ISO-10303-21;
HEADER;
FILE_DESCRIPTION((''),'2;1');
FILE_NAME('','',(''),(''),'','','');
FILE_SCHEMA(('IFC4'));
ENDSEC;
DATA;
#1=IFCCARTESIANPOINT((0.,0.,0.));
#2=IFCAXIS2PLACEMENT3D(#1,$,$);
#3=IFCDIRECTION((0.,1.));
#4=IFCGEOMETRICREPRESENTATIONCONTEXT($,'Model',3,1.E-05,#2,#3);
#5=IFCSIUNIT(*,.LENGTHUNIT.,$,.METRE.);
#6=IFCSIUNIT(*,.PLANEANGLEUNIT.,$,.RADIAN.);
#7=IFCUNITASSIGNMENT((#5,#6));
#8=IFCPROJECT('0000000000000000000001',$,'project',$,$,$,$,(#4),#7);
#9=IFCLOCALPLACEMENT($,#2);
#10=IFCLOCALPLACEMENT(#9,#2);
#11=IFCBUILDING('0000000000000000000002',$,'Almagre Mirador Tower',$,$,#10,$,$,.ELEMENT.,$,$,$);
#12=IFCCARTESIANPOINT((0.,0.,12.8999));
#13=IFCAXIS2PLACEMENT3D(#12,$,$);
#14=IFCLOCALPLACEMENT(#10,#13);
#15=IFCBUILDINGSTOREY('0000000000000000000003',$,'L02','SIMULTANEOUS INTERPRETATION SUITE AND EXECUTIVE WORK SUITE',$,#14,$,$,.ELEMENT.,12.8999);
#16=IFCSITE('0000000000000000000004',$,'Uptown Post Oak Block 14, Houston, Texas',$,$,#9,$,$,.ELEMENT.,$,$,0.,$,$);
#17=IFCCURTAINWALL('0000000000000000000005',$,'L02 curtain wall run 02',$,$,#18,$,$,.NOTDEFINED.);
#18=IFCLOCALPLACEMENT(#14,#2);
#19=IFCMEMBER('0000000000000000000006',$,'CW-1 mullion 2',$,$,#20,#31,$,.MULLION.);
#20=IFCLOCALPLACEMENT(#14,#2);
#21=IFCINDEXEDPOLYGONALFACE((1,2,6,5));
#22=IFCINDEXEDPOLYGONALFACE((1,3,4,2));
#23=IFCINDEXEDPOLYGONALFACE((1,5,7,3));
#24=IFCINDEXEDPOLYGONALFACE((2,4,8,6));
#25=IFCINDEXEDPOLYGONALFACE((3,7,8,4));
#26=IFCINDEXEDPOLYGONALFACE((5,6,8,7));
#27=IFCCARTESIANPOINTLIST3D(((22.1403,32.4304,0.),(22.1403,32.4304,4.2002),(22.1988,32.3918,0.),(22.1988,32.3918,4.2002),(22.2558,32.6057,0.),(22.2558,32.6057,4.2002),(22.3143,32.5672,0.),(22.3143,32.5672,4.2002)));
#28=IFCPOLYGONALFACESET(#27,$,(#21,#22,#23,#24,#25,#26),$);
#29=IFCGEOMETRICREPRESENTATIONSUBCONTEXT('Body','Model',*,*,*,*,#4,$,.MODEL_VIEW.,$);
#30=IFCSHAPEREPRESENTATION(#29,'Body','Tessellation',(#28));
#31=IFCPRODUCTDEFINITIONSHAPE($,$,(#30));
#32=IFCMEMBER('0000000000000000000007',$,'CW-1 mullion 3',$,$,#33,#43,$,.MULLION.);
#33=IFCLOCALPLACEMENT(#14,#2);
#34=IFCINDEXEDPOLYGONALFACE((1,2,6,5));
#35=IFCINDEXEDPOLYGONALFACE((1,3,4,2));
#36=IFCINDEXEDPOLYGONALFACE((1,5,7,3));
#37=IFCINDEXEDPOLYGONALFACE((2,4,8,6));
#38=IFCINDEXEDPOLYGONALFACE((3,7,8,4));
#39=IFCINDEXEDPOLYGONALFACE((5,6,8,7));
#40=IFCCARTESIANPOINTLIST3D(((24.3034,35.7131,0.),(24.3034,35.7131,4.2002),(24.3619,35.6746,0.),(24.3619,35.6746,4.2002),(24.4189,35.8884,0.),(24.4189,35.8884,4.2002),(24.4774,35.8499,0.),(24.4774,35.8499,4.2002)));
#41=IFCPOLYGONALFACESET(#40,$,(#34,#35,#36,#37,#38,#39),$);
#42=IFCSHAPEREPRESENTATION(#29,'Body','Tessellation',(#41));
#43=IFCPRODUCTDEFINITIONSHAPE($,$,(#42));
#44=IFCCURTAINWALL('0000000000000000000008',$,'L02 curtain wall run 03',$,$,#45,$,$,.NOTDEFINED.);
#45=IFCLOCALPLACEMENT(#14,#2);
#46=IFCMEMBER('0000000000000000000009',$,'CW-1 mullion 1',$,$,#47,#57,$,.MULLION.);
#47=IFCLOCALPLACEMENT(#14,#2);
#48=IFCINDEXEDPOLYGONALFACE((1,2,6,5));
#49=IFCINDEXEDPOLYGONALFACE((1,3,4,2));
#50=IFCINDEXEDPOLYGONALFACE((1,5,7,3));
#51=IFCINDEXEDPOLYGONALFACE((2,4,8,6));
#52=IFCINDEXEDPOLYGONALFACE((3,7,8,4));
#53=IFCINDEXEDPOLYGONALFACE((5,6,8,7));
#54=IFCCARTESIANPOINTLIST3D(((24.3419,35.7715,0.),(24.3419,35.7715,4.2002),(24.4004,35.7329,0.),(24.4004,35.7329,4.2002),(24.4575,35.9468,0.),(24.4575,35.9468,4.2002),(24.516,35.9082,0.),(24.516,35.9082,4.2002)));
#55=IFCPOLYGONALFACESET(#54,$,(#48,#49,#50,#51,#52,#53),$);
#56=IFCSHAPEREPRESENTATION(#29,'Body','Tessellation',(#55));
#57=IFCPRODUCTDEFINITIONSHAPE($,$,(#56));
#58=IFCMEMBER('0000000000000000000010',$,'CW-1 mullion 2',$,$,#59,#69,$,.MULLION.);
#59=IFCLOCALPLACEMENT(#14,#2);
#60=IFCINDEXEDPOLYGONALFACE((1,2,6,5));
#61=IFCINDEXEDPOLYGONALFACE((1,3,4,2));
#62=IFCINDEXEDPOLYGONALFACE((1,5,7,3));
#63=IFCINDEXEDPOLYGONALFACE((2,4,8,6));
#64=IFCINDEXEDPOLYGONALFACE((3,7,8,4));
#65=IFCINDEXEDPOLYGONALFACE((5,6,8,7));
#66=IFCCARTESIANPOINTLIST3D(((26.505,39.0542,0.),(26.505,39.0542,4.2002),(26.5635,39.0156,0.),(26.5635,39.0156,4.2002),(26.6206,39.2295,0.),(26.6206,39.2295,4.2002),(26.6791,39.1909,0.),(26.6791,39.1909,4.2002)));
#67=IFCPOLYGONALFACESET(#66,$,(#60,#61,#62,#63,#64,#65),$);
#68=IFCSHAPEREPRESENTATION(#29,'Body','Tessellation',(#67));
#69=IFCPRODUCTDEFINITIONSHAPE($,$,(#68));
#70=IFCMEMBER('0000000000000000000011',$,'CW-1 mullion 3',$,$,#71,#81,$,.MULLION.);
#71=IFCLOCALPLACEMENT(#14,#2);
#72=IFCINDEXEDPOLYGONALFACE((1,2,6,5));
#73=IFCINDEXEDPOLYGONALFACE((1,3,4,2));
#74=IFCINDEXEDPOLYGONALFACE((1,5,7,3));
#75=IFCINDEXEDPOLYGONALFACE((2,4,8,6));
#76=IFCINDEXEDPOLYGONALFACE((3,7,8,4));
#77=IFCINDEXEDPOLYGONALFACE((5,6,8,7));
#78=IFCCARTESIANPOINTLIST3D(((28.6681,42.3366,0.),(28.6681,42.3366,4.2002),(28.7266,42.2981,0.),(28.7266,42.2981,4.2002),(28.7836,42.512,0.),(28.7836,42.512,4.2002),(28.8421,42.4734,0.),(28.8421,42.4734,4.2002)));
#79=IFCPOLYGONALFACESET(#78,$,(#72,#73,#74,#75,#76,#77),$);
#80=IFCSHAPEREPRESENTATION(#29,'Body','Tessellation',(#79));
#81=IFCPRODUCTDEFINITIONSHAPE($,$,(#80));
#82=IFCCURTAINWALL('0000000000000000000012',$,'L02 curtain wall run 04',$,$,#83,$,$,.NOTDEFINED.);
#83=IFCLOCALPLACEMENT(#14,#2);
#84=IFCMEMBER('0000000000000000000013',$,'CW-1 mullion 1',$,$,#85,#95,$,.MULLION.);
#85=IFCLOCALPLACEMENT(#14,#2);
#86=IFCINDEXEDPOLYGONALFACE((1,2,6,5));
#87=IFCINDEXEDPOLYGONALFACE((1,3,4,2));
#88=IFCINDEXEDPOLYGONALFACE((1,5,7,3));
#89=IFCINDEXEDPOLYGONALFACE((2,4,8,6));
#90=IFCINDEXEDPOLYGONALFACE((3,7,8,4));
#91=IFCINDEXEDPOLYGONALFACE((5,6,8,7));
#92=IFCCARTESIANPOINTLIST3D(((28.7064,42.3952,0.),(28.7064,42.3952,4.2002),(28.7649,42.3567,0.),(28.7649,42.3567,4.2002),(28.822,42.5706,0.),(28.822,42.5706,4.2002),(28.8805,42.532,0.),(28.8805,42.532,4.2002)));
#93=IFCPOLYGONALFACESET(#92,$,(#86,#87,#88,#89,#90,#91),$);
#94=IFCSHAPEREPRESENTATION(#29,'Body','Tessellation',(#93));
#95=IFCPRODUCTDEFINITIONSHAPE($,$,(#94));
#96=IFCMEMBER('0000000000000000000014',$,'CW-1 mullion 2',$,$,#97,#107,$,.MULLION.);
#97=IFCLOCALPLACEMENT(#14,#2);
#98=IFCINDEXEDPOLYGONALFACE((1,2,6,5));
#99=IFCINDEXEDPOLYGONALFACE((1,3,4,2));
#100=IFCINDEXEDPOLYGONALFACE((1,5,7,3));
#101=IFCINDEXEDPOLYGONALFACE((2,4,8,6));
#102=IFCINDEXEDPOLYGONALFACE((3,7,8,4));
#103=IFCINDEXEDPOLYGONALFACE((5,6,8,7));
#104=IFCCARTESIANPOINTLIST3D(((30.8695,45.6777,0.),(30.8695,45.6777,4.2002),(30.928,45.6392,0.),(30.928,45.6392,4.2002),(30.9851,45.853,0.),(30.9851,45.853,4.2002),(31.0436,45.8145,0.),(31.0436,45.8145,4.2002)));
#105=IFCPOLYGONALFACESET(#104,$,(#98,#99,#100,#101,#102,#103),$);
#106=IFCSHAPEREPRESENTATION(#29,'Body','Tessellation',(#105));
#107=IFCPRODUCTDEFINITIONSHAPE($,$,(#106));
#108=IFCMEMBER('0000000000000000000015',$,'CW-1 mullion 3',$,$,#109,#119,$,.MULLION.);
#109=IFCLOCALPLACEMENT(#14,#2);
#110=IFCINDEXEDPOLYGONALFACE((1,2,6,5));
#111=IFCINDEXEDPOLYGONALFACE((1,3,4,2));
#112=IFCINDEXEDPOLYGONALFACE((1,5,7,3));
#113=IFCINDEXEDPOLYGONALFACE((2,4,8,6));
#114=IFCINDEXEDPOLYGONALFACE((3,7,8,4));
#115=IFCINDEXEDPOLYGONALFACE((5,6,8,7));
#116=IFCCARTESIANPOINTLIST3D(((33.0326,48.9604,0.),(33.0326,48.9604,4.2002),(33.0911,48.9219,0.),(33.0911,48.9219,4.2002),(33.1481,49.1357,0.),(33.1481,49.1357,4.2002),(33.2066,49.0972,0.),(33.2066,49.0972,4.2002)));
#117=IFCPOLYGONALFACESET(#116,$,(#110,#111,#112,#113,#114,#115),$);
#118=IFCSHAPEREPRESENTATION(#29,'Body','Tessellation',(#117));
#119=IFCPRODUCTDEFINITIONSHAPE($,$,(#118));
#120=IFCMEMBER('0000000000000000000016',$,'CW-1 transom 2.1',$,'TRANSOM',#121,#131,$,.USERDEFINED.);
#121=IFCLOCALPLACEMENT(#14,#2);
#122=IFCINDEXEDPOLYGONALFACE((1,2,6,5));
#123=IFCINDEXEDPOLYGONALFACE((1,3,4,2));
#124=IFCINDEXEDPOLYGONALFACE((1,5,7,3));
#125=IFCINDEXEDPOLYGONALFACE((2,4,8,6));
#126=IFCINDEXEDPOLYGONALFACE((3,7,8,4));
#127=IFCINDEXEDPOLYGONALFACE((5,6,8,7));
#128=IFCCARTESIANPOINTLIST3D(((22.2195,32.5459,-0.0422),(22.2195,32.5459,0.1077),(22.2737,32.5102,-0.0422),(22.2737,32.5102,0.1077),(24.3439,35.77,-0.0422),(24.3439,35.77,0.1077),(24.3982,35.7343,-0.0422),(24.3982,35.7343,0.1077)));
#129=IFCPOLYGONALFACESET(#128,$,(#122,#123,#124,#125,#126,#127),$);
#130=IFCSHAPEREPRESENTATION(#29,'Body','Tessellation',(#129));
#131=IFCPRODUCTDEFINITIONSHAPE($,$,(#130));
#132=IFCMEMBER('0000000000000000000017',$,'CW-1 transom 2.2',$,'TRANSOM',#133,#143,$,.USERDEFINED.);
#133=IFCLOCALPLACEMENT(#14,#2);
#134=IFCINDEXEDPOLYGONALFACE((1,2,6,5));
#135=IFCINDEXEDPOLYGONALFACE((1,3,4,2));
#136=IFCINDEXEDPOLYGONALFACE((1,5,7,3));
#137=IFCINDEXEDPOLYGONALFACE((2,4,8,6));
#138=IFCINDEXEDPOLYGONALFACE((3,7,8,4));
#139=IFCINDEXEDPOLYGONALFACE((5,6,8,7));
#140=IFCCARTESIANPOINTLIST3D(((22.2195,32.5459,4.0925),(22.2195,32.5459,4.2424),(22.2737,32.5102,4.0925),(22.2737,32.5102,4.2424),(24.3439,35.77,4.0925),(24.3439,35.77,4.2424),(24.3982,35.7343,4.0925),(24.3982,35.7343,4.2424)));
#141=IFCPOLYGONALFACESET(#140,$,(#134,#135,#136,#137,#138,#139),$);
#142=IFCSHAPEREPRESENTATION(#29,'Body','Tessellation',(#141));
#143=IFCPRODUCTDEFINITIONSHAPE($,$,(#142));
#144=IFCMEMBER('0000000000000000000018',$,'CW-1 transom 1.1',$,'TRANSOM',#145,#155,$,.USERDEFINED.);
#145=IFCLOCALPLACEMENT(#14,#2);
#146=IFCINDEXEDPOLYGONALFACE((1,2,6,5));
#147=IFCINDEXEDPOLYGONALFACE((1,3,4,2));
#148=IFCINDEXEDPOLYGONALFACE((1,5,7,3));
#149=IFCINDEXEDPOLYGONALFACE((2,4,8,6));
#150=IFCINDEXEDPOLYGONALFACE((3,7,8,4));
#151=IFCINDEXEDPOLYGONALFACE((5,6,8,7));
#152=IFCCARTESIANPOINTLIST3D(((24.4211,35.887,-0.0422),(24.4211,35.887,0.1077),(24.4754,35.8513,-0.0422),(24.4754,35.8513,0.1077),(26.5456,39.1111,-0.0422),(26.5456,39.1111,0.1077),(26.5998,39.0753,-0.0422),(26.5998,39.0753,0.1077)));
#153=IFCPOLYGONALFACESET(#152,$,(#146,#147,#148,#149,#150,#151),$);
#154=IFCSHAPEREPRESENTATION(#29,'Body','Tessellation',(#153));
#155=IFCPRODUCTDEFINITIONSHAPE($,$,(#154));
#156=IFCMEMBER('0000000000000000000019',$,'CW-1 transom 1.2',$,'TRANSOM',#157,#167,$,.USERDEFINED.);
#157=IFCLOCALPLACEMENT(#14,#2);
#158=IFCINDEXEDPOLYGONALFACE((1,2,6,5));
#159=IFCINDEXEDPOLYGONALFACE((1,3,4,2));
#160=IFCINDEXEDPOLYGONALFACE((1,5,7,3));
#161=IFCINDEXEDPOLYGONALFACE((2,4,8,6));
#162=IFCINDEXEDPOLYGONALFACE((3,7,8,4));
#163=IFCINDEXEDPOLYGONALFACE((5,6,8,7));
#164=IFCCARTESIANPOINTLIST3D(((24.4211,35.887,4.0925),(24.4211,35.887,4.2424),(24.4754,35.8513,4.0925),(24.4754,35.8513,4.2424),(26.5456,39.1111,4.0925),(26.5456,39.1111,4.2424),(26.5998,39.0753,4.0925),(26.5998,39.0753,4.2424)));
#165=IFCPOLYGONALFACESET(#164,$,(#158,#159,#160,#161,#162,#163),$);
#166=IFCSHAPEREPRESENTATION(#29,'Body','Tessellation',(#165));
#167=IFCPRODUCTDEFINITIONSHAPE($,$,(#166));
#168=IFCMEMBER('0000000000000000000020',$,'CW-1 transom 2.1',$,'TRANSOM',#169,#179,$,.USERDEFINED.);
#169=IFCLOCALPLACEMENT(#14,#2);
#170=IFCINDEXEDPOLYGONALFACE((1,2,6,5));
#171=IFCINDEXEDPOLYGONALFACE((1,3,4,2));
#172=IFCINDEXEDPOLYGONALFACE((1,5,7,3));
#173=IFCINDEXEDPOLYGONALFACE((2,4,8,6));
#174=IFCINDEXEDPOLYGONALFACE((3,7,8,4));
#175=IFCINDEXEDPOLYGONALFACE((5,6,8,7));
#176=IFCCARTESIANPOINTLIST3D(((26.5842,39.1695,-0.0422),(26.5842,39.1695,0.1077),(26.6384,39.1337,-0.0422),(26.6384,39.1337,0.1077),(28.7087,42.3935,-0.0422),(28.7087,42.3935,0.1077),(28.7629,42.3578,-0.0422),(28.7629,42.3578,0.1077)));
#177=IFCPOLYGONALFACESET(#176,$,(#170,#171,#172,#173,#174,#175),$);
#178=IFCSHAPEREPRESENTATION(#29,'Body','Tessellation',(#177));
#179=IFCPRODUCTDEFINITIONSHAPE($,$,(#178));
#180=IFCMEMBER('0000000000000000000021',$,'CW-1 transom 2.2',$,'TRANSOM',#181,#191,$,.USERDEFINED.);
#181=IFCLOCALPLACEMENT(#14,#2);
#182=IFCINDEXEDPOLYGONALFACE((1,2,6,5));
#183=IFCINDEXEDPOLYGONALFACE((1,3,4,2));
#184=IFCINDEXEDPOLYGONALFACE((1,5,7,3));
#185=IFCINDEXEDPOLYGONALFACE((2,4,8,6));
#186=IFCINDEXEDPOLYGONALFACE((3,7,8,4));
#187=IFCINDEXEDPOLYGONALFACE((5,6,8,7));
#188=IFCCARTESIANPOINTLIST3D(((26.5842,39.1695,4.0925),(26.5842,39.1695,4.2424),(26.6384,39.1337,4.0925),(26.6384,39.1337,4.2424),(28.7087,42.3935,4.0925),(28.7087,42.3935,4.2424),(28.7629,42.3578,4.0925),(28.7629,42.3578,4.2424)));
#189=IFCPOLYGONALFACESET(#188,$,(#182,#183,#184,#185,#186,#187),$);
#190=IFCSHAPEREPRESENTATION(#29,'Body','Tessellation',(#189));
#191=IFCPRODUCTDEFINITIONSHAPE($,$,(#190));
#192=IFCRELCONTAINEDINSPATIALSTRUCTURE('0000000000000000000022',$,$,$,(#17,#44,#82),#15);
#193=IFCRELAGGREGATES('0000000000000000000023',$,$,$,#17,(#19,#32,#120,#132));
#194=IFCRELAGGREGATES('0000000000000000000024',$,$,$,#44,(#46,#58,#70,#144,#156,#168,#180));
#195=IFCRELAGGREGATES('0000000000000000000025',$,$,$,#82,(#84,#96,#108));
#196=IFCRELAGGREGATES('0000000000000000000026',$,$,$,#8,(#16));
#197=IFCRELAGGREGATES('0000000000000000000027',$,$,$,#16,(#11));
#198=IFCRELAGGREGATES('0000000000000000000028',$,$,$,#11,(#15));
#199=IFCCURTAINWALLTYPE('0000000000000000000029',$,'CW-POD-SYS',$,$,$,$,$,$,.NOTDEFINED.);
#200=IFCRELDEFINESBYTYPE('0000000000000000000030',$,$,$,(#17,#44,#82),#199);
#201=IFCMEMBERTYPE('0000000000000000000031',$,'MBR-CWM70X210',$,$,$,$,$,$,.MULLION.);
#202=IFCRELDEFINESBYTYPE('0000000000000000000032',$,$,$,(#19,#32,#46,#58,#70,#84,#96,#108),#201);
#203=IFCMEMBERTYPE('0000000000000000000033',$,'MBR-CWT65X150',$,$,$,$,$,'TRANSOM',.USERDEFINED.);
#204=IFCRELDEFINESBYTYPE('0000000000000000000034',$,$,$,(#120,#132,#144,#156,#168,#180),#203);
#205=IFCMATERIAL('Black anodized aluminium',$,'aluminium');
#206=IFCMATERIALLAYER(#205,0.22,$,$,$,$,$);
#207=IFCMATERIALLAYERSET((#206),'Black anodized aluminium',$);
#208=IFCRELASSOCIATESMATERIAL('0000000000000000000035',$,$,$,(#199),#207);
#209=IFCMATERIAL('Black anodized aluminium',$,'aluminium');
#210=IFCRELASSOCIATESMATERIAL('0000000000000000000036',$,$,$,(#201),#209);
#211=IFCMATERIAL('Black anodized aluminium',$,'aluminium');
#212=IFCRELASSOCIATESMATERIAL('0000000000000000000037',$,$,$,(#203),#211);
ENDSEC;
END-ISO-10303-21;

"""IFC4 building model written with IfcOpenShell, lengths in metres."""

from ifc_helpers import new_model, si_unit, direction, frame, origin, origin_2d, place, context, subcontext, project, spatial, rectangle, extrude, material, layer, layer_set, material_profile, profile_set, type_object, element, aggregate, save


model = new_model("IFC4")

# Units and contexts
model_context = context("Model", 3, precision=1e-05, world=origin(), true_north=direction((0.0, 1.0)))
body_context = subcontext(model_context, "Body", "Model", "MODEL_VIEW")
ifc_project = project(units=[si_unit("LENGTHUNIT", "METRE"), si_unit("PLANEANGLEUNIT", "RADIAN")], contexts=[model_context])

# Site, building, storey
site_placement = place(None, origin())
site = spatial("IfcSite", under=ifc_project, at=site_placement, Name="Uptown Post Oak Block 14, Houston, Texas", CompositionType="ELEMENT", RefElevation=0.0)
building_placement = place(site_placement, origin())
building = spatial("IfcBuilding", under=site, at=building_placement, Name="Almagre Mirador Tower", CompositionType="ELEMENT")
storey_placement = place(building_placement, frame((0.0, 0.0, 12.8999)))
storey = spatial("IfcBuildingStorey", under=building, at=storey_placement, Name="L02", Description="SIMULTANEOUS INTERPRETATION SUITE AND EXECUTIVE WORK SUITE", CompositionType="ELEMENT", Elevation=12.8999)

# Curtain walls, members
ifc_material_1 = material(Name="Black anodized aluminium", Category="aluminium")
ifc_layer_1 = layer(ifc_material_1, 0.22)
ifc_layer_set_1 = layer_set([ifc_layer_1], Name="Black anodized aluminium")
curtain_wall_type = type_object("IfcCurtainWallType", Name="CW-POD-SYS", PredefinedType="NOTDEFINED", material=ifc_layer_set_1)
curtain_wall_1_placement = place(storey_placement, origin())
curtain_wall_1 = element("IfcCurtainWall", 1, at=curtain_wall_1_placement, inside=storey, type_object=curtain_wall_type, Name="L02 curtain wall run 02", PredefinedType="NOTDEFINED")
ifc_material_2 = material(Name="Black anodized aluminium", Category="aluminium")
ifc_material_profile_1 = material_profile(ifc_material_2, rectangle(XDim=0.0701, YDim=0.21, at=origin_2d()), Name="CWM70X210")
ifc_profile_set_1 = profile_set([ifc_material_profile_1], Name="Black anodized aluminium")
member_type_1 = type_object("IfcMemberType", Name="MBR-CWM70X210", PredefinedType="MULLION", material=ifc_profile_set_1)
member_1_placement = place(storey_placement, frame((22.2273, 32.4988, 0.0), z_axis=(0.0, 0.0, 1.0), x_axis=(-0.835012, 0.550232, 0.0)))
member_1 = element("IfcMember", 2, at=member_1_placement, type_object=member_type_1, Name="CW-1 mullion 2", PredefinedType="MULLION", context=body_context, shape_type="SweptSolid", body=[
    extrude(rectangle(XDim=0.0701, YDim=0.21, at=origin_2d()), origin(), (0.0, 0.0, 1.0), 4.2002),
])
member_2_placement = place(storey_placement, frame((24.3904, 35.7815, 0.0), z_axis=(0.0, 0.0, 1.0), x_axis=(-0.835012, 0.550232, 0.0)))
member_2 = element("IfcMember", 3, at=member_2_placement, type_object=member_type_1, Name="CW-1 mullion 3", PredefinedType="MULLION", context=body_context, shape_type="SweptSolid", body=[
    extrude(rectangle(XDim=0.0701, YDim=0.21, at=origin_2d()), origin(), (0.0, 0.0, 1.0), 4.2002),
])
curtain_wall_2_placement = place(storey_placement, origin())
curtain_wall_2 = element("IfcCurtainWall", 4, at=curtain_wall_2_placement, inside=storey, type_object=curtain_wall_type, Name="L02 curtain wall run 03", PredefinedType="NOTDEFINED")
member_3_placement = place(storey_placement, frame((24.429, 35.8398, 0.0), z_axis=(0.0, 0.0, 1.0), x_axis=(-0.835013, 0.550229, 0.0)))
member_3 = element("IfcMember", 5, at=member_3_placement, type_object=member_type_1, Name="CW-1 mullion 1", PredefinedType="MULLION", context=body_context, shape_type="SweptSolid", body=[
    extrude(rectangle(XDim=0.0701, YDim=0.21, at=origin_2d()), origin(), (0.0, 0.0, 1.0), 4.2002),
])
member_4_placement = place(storey_placement, frame((26.592, 39.1226, 0.0), z_axis=(0.0, 0.0, 1.0), x_axis=(-0.835013, 0.550229, 0.0)))
member_4 = element("IfcMember", 6, at=member_4_placement, type_object=member_type_1, Name="CW-1 mullion 2", PredefinedType="MULLION", context=body_context, shape_type="SweptSolid", body=[
    extrude(rectangle(XDim=0.0701, YDim=0.21, at=origin_2d()), origin(), (0.0, 0.0, 1.0), 4.2002),
])
member_5_placement = place(storey_placement, frame((28.7551, 42.405, 0.0), z_axis=(0.0, 0.0, 1.0), x_axis=(-0.835013, 0.550229, 0.0)))
member_5 = element("IfcMember", 7, at=member_5_placement, type_object=member_type_1, Name="CW-1 mullion 3", PredefinedType="MULLION", context=body_context, shape_type="SweptSolid", body=[
    extrude(rectangle(XDim=0.0701, YDim=0.21, at=origin_2d()), origin(), (0.0, 0.0, 1.0), 4.2002),
])
curtain_wall_3_placement = place(storey_placement, origin())
curtain_wall_3 = element("IfcCurtainWall", 8, at=curtain_wall_3_placement, inside=storey, type_object=curtain_wall_type, Name="L02 curtain wall run 04", PredefinedType="NOTDEFINED")
member_6_placement = place(storey_placement, frame((28.7935, 42.4636, 0.0), z_axis=(0.0, 0.0, 1.0), x_axis=(-0.835012, 0.550232, 0.0)))
member_6 = element("IfcMember", 9, at=member_6_placement, type_object=member_type_1, Name="CW-1 mullion 1", PredefinedType="MULLION", context=body_context, shape_type="SweptSolid", body=[
    extrude(rectangle(XDim=0.0701, YDim=0.21, at=origin_2d()), origin(), (0.0, 0.0, 1.0), 4.2002),
])
member_7_placement = place(storey_placement, frame((30.9565, 45.7461, 0.0), z_axis=(0.0, 0.0, 1.0), x_axis=(-0.835012, 0.550232, 0.0)))
member_7 = element("IfcMember", 10, at=member_7_placement, type_object=member_type_1, Name="CW-1 mullion 2", PredefinedType="MULLION", context=body_context, shape_type="SweptSolid", body=[
    extrude(rectangle(XDim=0.0701, YDim=0.21, at=origin_2d()), origin(), (0.0, 0.0, 1.0), 4.2002),
])
member_8_placement = place(storey_placement, frame((33.1196, 49.0288, 0.0), z_axis=(0.0, 0.0, 1.0), x_axis=(-0.835012, 0.550232, 0.0)))
member_8 = element("IfcMember", 11, at=member_8_placement, type_object=member_type_1, Name="CW-1 mullion 3", PredefinedType="MULLION", context=body_context, shape_type="SweptSolid", body=[
    extrude(rectangle(XDim=0.0701, YDim=0.21, at=origin_2d()), origin(), (0.0, 0.0, 1.0), 4.2002),
])

# Members
ifc_material_3 = material(Name="Black anodized aluminium", Category="aluminium")
ifc_material_profile_2 = material_profile(ifc_material_3, rectangle(XDim=0.0649, YDim=0.1499, at=origin_2d()), Name="CWT65X150")
ifc_profile_set_2 = profile_set([ifc_material_profile_2], Name="Black anodized aluminium")
member_type_2 = type_object("IfcMemberType", Name="MBR-CWT65X150", ElementType="TRANSOM", PredefinedType="USERDEFINED", material=ifc_profile_set_2)
member_9_placement = place(storey_placement, frame((22.2466, 32.5281, 0.0327), z_axis=(0.550227, 0.835015, 0.0), x_axis=(-0.835015, 0.550227, 0.0)))
member_9 = element("IfcMember", 12, at=member_9_placement, type_object=member_type_2, Name="CW-1 transom 2.1", ObjectType="TRANSOM", PredefinedType="USERDEFINED", context=body_context, shape_type="SweptSolid", body=[
    extrude(rectangle(XDim=0.0649, YDim=0.1499, at=origin_2d()), origin(), (0.0, 0.0, 1.0), 3.8611),
])
member_10_placement = place(storey_placement, frame((22.2466, 32.5281, 4.1675), z_axis=(0.550227, 0.835015, 0.0), x_axis=(-0.835015, 0.550227, 0.0)))
member_10 = element("IfcMember", 13, at=member_10_placement, type_object=member_type_2, Name="CW-1 transom 2.2", ObjectType="TRANSOM", PredefinedType="USERDEFINED", context=body_context, shape_type="SweptSolid", body=[
    extrude(rectangle(XDim=0.0649, YDim=0.1499, at=origin_2d()), origin(), (0.0, 0.0, 1.0), 3.8611),
])
member_11_placement = place(storey_placement, frame((24.4482, 35.8691, 0.0327), z_axis=(0.550227, 0.835015, 0.0), x_axis=(-0.835015, 0.550227, 0.0)))
member_11 = element("IfcMember", 14, at=member_11_placement, type_object=member_type_2, Name="CW-1 transom 1.1", ObjectType="TRANSOM", PredefinedType="USERDEFINED", context=body_context, shape_type="SweptSolid", body=[
    extrude(rectangle(XDim=0.0649, YDim=0.1499, at=origin_2d()), origin(), (0.0, 0.0, 1.0), 3.8611),
])
member_12_placement = place(storey_placement, frame((24.4482, 35.8691, 4.1675), z_axis=(0.550227, 0.835015, 0.0), x_axis=(-0.835015, 0.550227, 0.0)))
member_12 = element("IfcMember", 15, at=member_12_placement, type_object=member_type_2, Name="CW-1 transom 1.2", ObjectType="TRANSOM", PredefinedType="USERDEFINED", context=body_context, shape_type="SweptSolid", body=[
    extrude(rectangle(XDim=0.0649, YDim=0.1499, at=origin_2d()), origin(), (0.0, 0.0, 1.0), 3.8611),
])
member_13_placement = place(storey_placement, frame((26.6113, 39.1516, 0.0327), z_axis=(0.550227, 0.835015, 0.0), x_axis=(-0.835015, 0.550227, 0.0)))
member_13 = element("IfcMember", 16, at=member_13_placement, type_object=member_type_2, Name="CW-1 transom 2.1", ObjectType="TRANSOM", PredefinedType="USERDEFINED", context=body_context, shape_type="SweptSolid", body=[
    extrude(rectangle(XDim=0.0649, YDim=0.1499, at=origin_2d()), origin(), (0.0, 0.0, 1.0), 3.8611),
])
member_14_placement = place(storey_placement, frame((26.6113, 39.1516, 4.1675), z_axis=(0.550227, 0.835015, 0.0), x_axis=(-0.835015, 0.550227, 0.0)))
member_14 = element("IfcMember", 17, at=member_14_placement, type_object=member_type_2, Name="CW-1 transom 2.2", ObjectType="TRANSOM", PredefinedType="USERDEFINED", context=body_context, shape_type="SweptSolid", body=[
    extrude(rectangle(XDim=0.0649, YDim=0.1499, at=origin_2d()), origin(), (0.0, 0.0, 1.0), 3.8611),
])

aggregate(curtain_wall_1, [member_1, member_2, member_9, member_10])
aggregate(curtain_wall_2, [member_3, member_4, member_5, member_11, member_12, member_13, member_14])
aggregate(curtain_wall_3, [member_6, member_7, member_8])

save(model, "model.ifc")
